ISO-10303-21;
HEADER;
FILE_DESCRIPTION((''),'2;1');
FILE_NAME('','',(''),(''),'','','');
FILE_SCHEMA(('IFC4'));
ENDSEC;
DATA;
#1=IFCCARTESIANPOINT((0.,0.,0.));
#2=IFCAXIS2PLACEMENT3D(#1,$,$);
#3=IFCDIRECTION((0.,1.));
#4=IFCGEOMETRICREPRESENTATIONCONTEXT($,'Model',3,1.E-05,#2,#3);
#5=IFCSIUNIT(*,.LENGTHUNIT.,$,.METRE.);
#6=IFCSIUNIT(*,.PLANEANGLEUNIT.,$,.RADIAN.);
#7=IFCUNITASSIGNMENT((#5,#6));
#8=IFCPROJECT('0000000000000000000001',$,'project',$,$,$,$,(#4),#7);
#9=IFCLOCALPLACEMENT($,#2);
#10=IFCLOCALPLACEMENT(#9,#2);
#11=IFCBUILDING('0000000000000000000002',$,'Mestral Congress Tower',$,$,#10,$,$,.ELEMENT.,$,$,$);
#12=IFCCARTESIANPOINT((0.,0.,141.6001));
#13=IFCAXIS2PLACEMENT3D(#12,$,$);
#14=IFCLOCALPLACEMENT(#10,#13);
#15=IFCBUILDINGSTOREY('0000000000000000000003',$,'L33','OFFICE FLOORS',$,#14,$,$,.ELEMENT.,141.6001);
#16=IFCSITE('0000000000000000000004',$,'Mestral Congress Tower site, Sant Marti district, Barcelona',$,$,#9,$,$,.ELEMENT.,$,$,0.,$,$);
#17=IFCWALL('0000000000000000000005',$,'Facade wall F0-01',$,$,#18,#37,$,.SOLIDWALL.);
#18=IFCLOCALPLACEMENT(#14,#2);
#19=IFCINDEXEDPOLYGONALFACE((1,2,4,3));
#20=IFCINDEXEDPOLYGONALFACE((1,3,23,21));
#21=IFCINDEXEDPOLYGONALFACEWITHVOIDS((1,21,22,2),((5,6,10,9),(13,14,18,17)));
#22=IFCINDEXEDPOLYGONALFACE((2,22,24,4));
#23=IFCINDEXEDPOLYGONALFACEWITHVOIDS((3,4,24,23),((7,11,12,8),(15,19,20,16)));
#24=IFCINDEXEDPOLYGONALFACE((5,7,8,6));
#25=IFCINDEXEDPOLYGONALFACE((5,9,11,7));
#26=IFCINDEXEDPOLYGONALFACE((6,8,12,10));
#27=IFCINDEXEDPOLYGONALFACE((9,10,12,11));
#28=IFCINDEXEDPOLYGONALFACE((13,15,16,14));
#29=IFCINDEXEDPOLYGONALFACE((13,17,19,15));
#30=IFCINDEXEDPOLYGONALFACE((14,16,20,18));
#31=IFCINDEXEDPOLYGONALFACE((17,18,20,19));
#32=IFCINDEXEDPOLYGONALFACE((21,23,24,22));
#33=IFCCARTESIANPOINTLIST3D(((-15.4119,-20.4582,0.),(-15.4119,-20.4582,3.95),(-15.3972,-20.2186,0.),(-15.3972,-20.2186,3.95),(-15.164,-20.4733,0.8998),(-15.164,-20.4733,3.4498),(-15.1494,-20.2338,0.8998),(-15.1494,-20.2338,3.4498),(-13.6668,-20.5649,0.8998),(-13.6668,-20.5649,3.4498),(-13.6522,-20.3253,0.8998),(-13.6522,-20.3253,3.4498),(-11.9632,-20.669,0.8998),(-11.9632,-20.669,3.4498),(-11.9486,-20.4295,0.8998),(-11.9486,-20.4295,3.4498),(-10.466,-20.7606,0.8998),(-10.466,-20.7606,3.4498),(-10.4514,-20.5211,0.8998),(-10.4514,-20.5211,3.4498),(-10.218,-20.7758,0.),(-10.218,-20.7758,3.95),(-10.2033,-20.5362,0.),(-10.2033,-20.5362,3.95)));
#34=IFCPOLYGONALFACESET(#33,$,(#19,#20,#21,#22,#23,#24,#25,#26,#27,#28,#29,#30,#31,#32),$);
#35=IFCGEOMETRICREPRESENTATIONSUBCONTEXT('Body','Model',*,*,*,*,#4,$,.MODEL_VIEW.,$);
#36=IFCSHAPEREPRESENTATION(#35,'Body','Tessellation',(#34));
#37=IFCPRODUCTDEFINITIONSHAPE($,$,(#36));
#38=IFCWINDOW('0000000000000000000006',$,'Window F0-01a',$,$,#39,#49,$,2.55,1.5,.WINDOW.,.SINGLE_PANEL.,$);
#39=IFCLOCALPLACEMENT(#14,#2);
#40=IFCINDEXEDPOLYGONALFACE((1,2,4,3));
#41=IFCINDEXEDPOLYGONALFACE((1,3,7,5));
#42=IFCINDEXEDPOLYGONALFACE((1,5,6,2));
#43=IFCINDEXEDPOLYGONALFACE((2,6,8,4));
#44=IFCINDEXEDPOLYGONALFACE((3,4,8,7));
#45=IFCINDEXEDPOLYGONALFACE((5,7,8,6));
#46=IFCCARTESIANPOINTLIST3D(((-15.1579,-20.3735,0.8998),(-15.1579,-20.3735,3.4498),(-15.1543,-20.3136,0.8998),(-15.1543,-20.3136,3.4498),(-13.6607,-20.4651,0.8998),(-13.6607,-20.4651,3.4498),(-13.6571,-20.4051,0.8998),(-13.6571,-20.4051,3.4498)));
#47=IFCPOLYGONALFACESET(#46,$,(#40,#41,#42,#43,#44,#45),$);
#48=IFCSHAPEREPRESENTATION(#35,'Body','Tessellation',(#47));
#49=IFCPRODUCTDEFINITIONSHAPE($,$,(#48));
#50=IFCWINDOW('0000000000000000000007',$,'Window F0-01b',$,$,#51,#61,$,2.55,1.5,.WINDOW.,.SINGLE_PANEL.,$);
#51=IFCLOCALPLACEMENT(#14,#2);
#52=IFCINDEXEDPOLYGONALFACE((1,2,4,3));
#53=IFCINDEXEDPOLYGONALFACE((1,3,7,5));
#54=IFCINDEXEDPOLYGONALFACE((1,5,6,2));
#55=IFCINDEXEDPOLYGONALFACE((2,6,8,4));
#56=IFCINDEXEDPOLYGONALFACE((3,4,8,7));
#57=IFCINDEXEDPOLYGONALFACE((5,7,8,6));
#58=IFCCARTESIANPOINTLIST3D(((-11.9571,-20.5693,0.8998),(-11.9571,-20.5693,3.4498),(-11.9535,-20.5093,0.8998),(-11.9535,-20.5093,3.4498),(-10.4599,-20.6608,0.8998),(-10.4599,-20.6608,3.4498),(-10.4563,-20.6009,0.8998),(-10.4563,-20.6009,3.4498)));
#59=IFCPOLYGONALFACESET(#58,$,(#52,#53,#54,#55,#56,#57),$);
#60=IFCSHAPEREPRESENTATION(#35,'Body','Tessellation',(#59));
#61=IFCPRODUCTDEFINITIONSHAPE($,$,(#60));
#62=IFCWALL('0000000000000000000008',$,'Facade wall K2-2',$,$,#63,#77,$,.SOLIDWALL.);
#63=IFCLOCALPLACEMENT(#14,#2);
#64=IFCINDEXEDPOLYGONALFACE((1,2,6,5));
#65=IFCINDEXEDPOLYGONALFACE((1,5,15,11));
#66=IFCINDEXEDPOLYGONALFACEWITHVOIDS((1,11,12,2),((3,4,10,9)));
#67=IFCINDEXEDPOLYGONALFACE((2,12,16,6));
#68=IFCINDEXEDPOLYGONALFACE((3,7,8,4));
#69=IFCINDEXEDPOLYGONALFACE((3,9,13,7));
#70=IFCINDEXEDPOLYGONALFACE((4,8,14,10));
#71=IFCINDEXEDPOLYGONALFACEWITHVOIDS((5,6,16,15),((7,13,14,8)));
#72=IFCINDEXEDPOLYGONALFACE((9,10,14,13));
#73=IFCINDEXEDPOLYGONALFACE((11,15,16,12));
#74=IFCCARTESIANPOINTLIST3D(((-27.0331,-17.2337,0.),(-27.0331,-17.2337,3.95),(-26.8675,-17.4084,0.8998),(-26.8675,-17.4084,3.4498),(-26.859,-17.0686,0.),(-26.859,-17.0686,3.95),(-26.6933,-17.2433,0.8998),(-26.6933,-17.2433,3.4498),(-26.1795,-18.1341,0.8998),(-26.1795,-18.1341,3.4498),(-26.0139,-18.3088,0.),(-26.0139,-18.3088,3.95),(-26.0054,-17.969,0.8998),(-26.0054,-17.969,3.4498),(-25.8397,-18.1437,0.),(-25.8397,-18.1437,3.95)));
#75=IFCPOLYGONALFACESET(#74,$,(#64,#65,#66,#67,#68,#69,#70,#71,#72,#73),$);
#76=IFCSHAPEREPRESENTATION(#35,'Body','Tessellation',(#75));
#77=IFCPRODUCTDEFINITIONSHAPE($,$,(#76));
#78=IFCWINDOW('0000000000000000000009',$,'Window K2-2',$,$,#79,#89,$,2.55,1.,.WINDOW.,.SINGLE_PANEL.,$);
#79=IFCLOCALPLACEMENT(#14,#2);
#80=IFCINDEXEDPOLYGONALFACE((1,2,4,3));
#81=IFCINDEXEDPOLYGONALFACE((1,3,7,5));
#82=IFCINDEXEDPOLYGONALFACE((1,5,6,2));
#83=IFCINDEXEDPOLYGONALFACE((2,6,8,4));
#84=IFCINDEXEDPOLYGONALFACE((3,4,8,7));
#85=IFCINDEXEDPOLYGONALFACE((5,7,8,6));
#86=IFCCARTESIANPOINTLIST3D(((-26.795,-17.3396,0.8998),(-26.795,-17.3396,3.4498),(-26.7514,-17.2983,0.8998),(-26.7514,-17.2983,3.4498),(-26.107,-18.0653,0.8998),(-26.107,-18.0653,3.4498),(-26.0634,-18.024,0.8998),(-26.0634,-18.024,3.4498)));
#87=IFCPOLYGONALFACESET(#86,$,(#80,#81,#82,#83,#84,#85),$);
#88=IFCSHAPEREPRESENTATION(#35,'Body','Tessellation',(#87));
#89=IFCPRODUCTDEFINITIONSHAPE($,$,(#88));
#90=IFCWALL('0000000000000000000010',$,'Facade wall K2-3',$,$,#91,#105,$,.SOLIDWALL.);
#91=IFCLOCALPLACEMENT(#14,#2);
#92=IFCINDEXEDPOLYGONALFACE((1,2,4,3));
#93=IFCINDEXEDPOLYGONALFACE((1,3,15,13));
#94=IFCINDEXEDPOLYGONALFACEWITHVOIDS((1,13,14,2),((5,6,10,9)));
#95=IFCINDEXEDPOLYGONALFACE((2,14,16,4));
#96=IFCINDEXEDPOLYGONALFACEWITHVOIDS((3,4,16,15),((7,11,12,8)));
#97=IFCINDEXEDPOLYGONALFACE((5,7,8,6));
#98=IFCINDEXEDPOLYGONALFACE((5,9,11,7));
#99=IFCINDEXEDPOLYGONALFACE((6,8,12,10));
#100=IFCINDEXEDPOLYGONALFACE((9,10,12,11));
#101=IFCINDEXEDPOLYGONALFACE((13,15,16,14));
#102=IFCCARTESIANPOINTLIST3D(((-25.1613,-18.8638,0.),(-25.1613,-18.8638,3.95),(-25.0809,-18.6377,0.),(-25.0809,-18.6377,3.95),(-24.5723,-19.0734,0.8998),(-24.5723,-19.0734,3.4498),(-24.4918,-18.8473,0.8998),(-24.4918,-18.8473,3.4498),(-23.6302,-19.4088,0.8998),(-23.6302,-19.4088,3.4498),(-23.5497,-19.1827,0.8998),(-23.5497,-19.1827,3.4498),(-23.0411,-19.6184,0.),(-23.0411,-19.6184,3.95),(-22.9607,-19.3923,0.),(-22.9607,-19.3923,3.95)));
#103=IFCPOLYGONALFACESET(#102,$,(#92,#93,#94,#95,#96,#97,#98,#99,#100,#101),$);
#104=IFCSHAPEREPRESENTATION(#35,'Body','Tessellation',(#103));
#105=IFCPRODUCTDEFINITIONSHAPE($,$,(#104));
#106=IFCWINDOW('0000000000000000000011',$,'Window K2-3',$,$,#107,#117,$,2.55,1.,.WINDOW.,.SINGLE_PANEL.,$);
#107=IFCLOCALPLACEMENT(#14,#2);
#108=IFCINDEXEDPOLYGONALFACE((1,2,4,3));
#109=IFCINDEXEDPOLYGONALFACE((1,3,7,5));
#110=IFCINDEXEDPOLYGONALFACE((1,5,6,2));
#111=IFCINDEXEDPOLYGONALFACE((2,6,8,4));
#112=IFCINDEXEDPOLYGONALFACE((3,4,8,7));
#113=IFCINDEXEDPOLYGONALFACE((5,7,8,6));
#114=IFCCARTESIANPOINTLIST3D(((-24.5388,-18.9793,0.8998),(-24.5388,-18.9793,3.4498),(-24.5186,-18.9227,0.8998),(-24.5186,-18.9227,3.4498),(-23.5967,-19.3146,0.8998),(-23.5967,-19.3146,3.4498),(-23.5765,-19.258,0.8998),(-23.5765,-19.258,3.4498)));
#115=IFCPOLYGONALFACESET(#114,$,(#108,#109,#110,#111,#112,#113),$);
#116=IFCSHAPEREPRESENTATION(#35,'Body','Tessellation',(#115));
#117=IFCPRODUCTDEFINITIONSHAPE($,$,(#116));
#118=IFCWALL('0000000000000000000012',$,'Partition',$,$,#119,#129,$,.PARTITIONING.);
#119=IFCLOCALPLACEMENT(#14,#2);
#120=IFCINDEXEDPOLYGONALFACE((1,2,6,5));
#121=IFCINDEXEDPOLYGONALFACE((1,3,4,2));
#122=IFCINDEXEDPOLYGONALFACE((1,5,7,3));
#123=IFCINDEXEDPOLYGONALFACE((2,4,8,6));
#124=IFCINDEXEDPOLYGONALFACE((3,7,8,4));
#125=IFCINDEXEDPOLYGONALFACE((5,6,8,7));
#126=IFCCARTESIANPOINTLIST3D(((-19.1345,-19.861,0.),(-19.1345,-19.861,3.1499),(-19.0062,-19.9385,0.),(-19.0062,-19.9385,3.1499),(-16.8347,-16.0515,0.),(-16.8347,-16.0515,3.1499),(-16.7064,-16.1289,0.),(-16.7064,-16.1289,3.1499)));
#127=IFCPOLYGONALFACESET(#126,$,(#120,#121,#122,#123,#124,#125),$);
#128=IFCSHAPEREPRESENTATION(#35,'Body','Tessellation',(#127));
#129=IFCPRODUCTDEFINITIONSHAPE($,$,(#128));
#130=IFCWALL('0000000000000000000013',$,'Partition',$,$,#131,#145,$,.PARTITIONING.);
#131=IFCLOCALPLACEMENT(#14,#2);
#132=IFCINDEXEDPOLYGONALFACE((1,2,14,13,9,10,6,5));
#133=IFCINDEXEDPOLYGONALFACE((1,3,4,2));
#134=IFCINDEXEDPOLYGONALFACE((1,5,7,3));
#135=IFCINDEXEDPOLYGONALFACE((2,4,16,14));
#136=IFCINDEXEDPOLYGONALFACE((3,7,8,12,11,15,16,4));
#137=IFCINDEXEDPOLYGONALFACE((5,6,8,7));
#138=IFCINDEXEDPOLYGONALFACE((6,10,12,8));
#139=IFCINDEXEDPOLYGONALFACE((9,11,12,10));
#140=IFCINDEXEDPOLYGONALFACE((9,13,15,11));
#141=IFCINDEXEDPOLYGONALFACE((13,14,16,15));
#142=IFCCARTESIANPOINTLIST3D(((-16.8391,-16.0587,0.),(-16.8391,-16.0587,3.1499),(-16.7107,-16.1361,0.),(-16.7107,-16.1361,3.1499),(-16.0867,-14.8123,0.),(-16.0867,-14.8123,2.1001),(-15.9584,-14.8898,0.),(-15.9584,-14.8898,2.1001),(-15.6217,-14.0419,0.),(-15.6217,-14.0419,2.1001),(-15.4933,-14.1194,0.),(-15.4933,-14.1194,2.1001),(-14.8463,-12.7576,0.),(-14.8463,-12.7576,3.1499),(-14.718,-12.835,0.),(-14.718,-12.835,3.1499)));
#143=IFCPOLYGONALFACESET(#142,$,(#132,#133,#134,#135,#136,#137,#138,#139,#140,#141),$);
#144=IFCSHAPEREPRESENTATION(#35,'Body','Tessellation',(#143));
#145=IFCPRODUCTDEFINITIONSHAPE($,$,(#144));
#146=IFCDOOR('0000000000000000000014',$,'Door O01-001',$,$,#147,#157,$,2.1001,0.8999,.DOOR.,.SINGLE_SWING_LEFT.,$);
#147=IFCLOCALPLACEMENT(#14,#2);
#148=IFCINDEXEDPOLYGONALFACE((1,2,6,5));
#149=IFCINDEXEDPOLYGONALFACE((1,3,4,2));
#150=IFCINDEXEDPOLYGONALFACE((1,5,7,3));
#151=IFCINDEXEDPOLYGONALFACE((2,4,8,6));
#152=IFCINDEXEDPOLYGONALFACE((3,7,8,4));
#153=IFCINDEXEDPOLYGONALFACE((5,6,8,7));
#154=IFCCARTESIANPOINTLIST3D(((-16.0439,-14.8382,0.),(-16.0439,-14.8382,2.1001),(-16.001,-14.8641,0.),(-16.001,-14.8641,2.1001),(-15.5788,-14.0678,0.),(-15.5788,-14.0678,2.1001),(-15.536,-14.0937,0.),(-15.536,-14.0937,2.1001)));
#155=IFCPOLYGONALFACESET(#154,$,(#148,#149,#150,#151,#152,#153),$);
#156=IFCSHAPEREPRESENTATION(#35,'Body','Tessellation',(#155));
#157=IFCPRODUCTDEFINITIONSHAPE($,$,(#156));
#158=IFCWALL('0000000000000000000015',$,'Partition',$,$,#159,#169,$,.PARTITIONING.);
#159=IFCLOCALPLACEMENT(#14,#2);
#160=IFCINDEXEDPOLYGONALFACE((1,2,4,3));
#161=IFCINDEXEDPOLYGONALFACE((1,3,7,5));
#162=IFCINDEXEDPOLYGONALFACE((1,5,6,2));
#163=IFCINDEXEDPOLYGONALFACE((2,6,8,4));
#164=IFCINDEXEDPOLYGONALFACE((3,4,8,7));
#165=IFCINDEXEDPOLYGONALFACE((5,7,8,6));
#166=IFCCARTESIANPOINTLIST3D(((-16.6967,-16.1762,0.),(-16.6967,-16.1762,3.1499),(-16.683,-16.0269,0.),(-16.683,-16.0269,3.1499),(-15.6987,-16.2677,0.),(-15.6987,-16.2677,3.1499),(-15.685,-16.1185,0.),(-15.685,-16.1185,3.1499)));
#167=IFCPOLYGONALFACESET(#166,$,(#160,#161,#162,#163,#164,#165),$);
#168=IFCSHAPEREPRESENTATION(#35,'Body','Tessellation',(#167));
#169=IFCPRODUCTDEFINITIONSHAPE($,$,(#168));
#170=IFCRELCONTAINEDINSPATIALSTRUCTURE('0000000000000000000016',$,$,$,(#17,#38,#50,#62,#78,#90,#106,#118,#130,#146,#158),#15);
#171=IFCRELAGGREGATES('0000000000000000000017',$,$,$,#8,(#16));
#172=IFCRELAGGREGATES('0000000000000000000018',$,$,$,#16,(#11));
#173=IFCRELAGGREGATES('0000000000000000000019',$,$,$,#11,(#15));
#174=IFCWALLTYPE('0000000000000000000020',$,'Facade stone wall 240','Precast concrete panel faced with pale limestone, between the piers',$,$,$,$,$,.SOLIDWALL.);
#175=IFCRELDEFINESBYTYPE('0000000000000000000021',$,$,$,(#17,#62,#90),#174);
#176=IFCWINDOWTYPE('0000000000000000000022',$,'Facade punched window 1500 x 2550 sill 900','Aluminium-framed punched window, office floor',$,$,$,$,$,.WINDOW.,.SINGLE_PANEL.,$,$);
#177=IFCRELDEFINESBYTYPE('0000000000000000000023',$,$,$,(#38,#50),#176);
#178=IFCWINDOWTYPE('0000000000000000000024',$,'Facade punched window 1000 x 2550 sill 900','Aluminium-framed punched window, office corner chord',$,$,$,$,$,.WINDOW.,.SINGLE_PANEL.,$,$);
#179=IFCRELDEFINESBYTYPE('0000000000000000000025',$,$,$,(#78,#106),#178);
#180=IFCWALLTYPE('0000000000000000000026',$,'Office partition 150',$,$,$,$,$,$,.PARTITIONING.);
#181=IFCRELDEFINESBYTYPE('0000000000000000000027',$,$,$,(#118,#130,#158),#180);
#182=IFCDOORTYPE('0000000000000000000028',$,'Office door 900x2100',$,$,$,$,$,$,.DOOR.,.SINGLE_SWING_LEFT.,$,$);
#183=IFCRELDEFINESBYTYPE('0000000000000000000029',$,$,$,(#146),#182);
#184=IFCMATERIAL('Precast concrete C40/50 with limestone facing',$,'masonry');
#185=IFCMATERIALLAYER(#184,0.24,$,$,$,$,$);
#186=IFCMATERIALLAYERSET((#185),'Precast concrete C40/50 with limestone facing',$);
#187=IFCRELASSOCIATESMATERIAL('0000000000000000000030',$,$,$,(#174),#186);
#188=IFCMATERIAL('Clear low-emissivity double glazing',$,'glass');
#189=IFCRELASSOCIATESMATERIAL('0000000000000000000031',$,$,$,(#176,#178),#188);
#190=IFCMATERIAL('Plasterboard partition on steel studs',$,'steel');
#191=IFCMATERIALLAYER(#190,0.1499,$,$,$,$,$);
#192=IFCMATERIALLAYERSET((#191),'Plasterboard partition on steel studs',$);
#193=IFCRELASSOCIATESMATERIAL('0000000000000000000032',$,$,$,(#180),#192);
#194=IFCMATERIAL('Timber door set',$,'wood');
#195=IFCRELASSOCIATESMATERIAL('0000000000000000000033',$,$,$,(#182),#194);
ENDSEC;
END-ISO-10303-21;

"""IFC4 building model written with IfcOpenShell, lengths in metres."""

from ifc_helpers import new_model, si_unit, direction, frame, frame_2d, origin, place, context, subcontext, project, spatial, rectangle, extrude, material, layer, layer_set, type_object, element, fill, save


model = new_model("IFC4")

# Units and contexts
model_context = context("Model", 3, precision=1e-05, world=origin(), true_north=direction((0.0, 1.0)))
body_context = subcontext(model_context, "Body", "Model", "MODEL_VIEW")
ifc_project = project(units=[si_unit("LENGTHUNIT", "METRE"), si_unit("PLANEANGLEUNIT", "RADIAN")], contexts=[model_context])

# Site, building, storey
site_placement = place(None, origin())
site = spatial("IfcSite", under=ifc_project, at=site_placement, Name="Mestral Congress Tower site, Sant Marti district, Barcelona", CompositionType="ELEMENT", RefElevation=0.0)
building_placement = place(site_placement, origin())
building = spatial("IfcBuilding", under=site, at=building_placement, Name="Mestral Congress Tower", CompositionType="ELEMENT")
storey_placement = place(building_placement, frame((0.0, 0.0, 141.6001)))
storey = spatial("IfcBuildingStorey", under=building, at=storey_placement, Name="L33", Description="OFFICE FLOORS", CompositionType="ELEMENT", Elevation=141.6001)

# Wall, openings, windows
ifc_material_1 = material(Name="Precast concrete C40/50 with limestone facing", Category="masonry")
ifc_layer_1 = layer(ifc_material_1, 0.24)
ifc_layer_set_1 = layer_set([ifc_layer_1], Name="Precast concrete C40/50 with limestone facing")
wall_type_1 = type_object("IfcWallType", Name="Facade stone wall 240", Description="Precast concrete panel faced with pale limestone, between the piers", PredefinedType="SOLIDWALL", material=ifc_layer_set_1)
ifc_material_2 = material(Name="Clear low-emissivity double glazing", Category="glass")
window_type_1 = type_object("IfcWindowType", Name="Facade punched window 1500 x 2550 sill 900", Description="Aluminium-framed punched window, office floor", PartitioningType="SINGLE_PANEL", PredefinedType="WINDOW", material=ifc_material_2)
wall_1_placement = place(storey_placement, frame((-15.4045, -20.3384, 0.0), z_axis=(0.0, 0.0, 1.0), x_axis=(0.998135, -0.06104, 0.0)))
wall_1 = element("IfcWall", 1, at=wall_1_placement, inside=storey, type_object=wall_type_1, Name="Facade wall F0-01", PredefinedType="SOLIDWALL", context=body_context, shape_type="SweptSolid", body=[
    extrude(rectangle(XDim=5.2036, YDim=0.24, at=frame_2d((2.6018, 0.0))), origin(), (0.0, 0.0, 1.0), 3.95),
])
opening_1_placement = place(wall_1_placement, frame((0.2483, 0.0, 0.8999)))
opening_1 = element("IfcOpeningElement", 2, at=opening_1_placement, cuts=wall_1, PredefinedType="OPENING", context=body_context, shape_type="SweptSolid", body=[
    extrude(rectangle(XDim=1.5, YDim=2.55, at=frame_2d((0.75, 1.2749))), frame((0.0, 0.1299, 0.0), z_axis=(0.0, -1.0, 0.0), x_axis=(1.0, 0.0, 0.0)), (0.0, 0.0, 1.0), 0.26),
])
opening_2_placement = place(wall_1_placement, frame((3.4551, 0.0, 0.8999)))
opening_2 = element("IfcOpeningElement", 3, at=opening_2_placement, cuts=wall_1, PredefinedType="OPENING", context=body_context, shape_type="SweptSolid", body=[
    extrude(rectangle(XDim=1.5, YDim=2.55, at=frame_2d((0.75, 1.2749))), frame((0.0, 0.1299, 0.0), z_axis=(0.0, -1.0, 0.0), x_axis=(1.0, 0.0, 0.0)), (0.0, 0.0, 1.0), 0.26),
])
window_1_placement = place(opening_1_placement, origin())
window_1 = element("IfcWindow", 4, at=window_1_placement, inside=storey, type_object=window_type_1, Name="Window F0-01a", OverallHeight=2.55, OverallWidth=1.5, PartitioningType="SINGLE_PANEL", PredefinedType="WINDOW", context=body_context, shape_type="SweptSolid", body=[
    extrude(rectangle(XDim=1.5, YDim=2.55, at=frame_2d((0.75, 1.2749))), frame((0.0, 0.04, 0.0), z_axis=(0.0, -1.0, 0.0), x_axis=(1.0, 0.0, 0.0)), (0.0, 0.0, 1.0), 0.0601),
])
fill(opening_1, window_1)
window_2_placement = place(opening_2_placement, origin())
window_2 = element("IfcWindow", 5, at=window_2_placement, inside=storey, type_object=window_type_1, Name="Window F0-01b", OverallHeight=2.55, OverallWidth=1.5, PartitioningType="SINGLE_PANEL", PredefinedType="WINDOW", context=body_context, shape_type="SweptSolid", body=[
    extrude(rectangle(XDim=1.5, YDim=2.55, at=frame_2d((0.75, 1.2749))), frame((0.0, 0.04, 0.0), z_axis=(0.0, -1.0, 0.0), x_axis=(1.0, 0.0, 0.0)), (0.0, 0.0, 1.0), 0.0601),
])
fill(opening_2, window_2)

# Walls, openings, windows
wall_2_placement = place(storey_placement, frame((-26.946, -17.1511, 0.0), z_axis=(0.0, 0.0, 1.0), x_axis=(0.687987, -0.725723, 0.0)))
wall_2 = element("IfcWall", 6, at=wall_2_placement, inside=storey, type_object=wall_type_1, Name="Facade wall K2-2", PredefinedType="SOLIDWALL", context=body_context, shape_type="SweptSolid", body=[
    extrude(rectangle(XDim=1.4814, YDim=0.24, at=frame_2d((0.7407, 0.0))), origin(), (0.0, 0.0, 1.0), 3.95),
])
opening_3_placement = place(wall_2_placement, frame((0.2407, 0.0, 0.8999)))
opening_3 = element("IfcOpeningElement", 7, at=opening_3_placement, cuts=wall_2, PredefinedType="OPENING", context=body_context, shape_type="SweptSolid", body=[
    extrude(rectangle(XDim=1.0, YDim=2.55, at=frame_2d((0.5, 1.2749))), frame((0.0, 0.1299, 0.0), z_axis=(0.0, -1.0, 0.0), x_axis=(1.0, 0.0, 0.0)), (0.0, 0.0, 1.0), 0.26),
])
window_type_2 = type_object("IfcWindowType", Name="Facade punched window 1000 x 2550 sill 900", Description="Aluminium-framed punched window, office corner chord", PartitioningType="SINGLE_PANEL", PredefinedType="WINDOW", material=ifc_material_2)
window_3_placement = place(opening_3_placement, origin())
window_3 = element("IfcWindow", 8, at=window_3_placement, inside=storey, type_object=window_type_2, Name="Window K2-2", OverallHeight=2.55, OverallWidth=1.0, PartitioningType="SINGLE_PANEL", PredefinedType="WINDOW", context=body_context, shape_type="SweptSolid", body=[
    extrude(rectangle(XDim=1.0, YDim=2.55, at=frame_2d((0.5, 1.2749))), frame((0.0, 0.04, 0.0), z_axis=(0.0, -1.0, 0.0), x_axis=(1.0, 0.0, 0.0)), (0.0, 0.0, 1.0), 0.0601),
])
fill(opening_3, window_3)
wall_3_placement = place(storey_placement, frame((-25.1211, -18.7507, 0.0), z_axis=(0.0, 0.0, 1.0), x_axis=(0.9421, -0.335333, 0.0)))
wall_3 = element("IfcWall", 9, at=wall_3_placement, inside=storey, type_object=wall_type_1, Name="Facade wall K2-3", PredefinedType="SOLIDWALL", context=body_context, shape_type="SweptSolid", body=[
    extrude(rectangle(XDim=2.2505, YDim=0.24, at=frame_2d((1.1252, 0.0))), origin(), (0.0, 0.0, 1.0), 3.95),
])
opening_4_placement = place(wall_3_placement, frame((0.6252, 0.0, 0.8999)))
opening_4 = element("IfcOpeningElement", 10, at=opening_4_placement, cuts=wall_3, PredefinedType="OPENING", context=body_context, shape_type="SweptSolid", body=[
    extrude(rectangle(XDim=1.0, YDim=2.55, at=frame_2d((0.5, 1.2749))), frame((0.0, 0.1299, 0.0), z_axis=(0.0, -1.0, 0.0), x_axis=(1.0, 0.0, 0.0)), (0.0, 0.0, 1.0), 0.26),
])
window_4_placement = place(opening_4_placement, origin())
window_4 = element("IfcWindow", 11, at=window_4_placement, inside=storey, type_object=window_type_2, Name="Window K2-3", OverallHeight=2.55, OverallWidth=1.0, PartitioningType="SINGLE_PANEL", PredefinedType="WINDOW", context=body_context, shape_type="SweptSolid", body=[
    extrude(rectangle(XDim=1.0, YDim=2.55, at=frame_2d((0.5, 1.2749))), frame((0.0, 0.04, 0.0), z_axis=(0.0, -1.0, 0.0), x_axis=(1.0, 0.0, 0.0)), (0.0, 0.0, 1.0), 0.0601),
])
fill(opening_4, window_4)

# Wall
ifc_material_3 = material(Name="Plasterboard partition on steel studs", Category="steel")
ifc_layer_2 = layer(ifc_material_3, 0.1499)
ifc_layer_set_2 = layer_set([ifc_layer_2], Name="Plasterboard partition on steel studs")
wall_type_2 = type_object("IfcWallType", Name="Office partition 150", PredefinedType="PARTITIONING", material=ifc_layer_set_2)
wall_4_placement = place(storey_placement, frame((-16.7705, -16.0901, 0.0), z_axis=(0.0, 0.0, 1.0), x_axis=(-0.516818, -0.856096, 0.0)))
element("IfcWall", 12, at=wall_4_placement, inside=storey, type_object=wall_type_2, Name="Partition", PredefinedType="PARTITIONING", context=body_context, shape_type="SweptSolid", body=[
    extrude(rectangle(XDim=4.45, YDim=0.1499, at=frame_2d((2.2251, 0.0))), origin(), (0.0, 0.0, 1.0), 3.1499),
])

# Wall, opening, door
wall_5_placement = place(storey_placement, frame((-16.7749, -16.0974, 0.0), z_axis=(0.0, 0.0, 1.0), x_axis=(0.516794, 0.85611, 0.0)))
wall_5 = element("IfcWall", 13, at=wall_5_placement, inside=storey, type_object=wall_type_2, Name="Partition", PredefinedType="PARTITIONING", context=body_context, shape_type="SweptSolid", body=[
    extrude(rectangle(XDim=3.856, YDim=0.1499, at=frame_2d((1.928, 0.0))), origin(), (0.0, 0.0, 1.0), 3.1499),
])
opening_5_placement = place(wall_5_placement, frame((1.4558, 0.0, 0.0)))
opening_5 = element("IfcOpeningElement", 14, at=opening_5_placement, cuts=wall_5, PredefinedType="OPENING", context=body_context, shape_type="SweptSolid", body=[
    extrude(rectangle(XDim=0.8999, YDim=2.1001, at=frame_2d((0.45, 1.05))), frame((0.0, 0.085, 0.0), z_axis=(0.0, -1.0, 0.0), x_axis=(1.0, 0.0, 0.0)), (0.0, 0.0, 1.0), 0.1699),
])
ifc_material_4 = material(Name="Timber door set", Category="wood")
door_type = type_object("IfcDoorType", Name="Office door 900x2100", OperationType="SINGLE_SWING_LEFT", PredefinedType="DOOR", material=ifc_material_4)
door_placement = place(opening_5_placement, origin())
door = element("IfcDoor", 15, at=door_placement, inside=storey, type_object=door_type, Name="Door O01-001", OperationType="SINGLE_SWING_LEFT", OverallHeight=2.1001, OverallWidth=0.8999, PredefinedType="DOOR", context=body_context, shape_type="SweptSolid", body=[
    extrude(rectangle(XDim=0.8999, YDim=2.1001, at=frame_2d((0.45, 1.05))), frame((0.0, 0.0249, 0.0), z_axis=(0.0, -1.0, 0.0), x_axis=(1.0, 0.0, 0.0)), (0.0, 0.0, 1.0), 0.05),
])
fill(opening_5, door)

# Wall
wall_6_placement = place(storey_placement, frame((-16.6897, -16.1016, 0.0), z_axis=(0.0, 0.0, 1.0), x_axis=(0.995819, -0.091348, 0.0)))
element("IfcWall", 16, at=wall_6_placement, inside=storey, type_object=wall_type_2, Name="Partition", PredefinedType="PARTITIONING", context=body_context, shape_type="SweptSolid", body=[
    extrude(rectangle(XDim=1.0022, YDim=0.1499, at=frame_2d((0.501, 0.0))), origin(), (0.0, 0.0, 1.0), 3.1499),
])

save(model, "model.ifc")
